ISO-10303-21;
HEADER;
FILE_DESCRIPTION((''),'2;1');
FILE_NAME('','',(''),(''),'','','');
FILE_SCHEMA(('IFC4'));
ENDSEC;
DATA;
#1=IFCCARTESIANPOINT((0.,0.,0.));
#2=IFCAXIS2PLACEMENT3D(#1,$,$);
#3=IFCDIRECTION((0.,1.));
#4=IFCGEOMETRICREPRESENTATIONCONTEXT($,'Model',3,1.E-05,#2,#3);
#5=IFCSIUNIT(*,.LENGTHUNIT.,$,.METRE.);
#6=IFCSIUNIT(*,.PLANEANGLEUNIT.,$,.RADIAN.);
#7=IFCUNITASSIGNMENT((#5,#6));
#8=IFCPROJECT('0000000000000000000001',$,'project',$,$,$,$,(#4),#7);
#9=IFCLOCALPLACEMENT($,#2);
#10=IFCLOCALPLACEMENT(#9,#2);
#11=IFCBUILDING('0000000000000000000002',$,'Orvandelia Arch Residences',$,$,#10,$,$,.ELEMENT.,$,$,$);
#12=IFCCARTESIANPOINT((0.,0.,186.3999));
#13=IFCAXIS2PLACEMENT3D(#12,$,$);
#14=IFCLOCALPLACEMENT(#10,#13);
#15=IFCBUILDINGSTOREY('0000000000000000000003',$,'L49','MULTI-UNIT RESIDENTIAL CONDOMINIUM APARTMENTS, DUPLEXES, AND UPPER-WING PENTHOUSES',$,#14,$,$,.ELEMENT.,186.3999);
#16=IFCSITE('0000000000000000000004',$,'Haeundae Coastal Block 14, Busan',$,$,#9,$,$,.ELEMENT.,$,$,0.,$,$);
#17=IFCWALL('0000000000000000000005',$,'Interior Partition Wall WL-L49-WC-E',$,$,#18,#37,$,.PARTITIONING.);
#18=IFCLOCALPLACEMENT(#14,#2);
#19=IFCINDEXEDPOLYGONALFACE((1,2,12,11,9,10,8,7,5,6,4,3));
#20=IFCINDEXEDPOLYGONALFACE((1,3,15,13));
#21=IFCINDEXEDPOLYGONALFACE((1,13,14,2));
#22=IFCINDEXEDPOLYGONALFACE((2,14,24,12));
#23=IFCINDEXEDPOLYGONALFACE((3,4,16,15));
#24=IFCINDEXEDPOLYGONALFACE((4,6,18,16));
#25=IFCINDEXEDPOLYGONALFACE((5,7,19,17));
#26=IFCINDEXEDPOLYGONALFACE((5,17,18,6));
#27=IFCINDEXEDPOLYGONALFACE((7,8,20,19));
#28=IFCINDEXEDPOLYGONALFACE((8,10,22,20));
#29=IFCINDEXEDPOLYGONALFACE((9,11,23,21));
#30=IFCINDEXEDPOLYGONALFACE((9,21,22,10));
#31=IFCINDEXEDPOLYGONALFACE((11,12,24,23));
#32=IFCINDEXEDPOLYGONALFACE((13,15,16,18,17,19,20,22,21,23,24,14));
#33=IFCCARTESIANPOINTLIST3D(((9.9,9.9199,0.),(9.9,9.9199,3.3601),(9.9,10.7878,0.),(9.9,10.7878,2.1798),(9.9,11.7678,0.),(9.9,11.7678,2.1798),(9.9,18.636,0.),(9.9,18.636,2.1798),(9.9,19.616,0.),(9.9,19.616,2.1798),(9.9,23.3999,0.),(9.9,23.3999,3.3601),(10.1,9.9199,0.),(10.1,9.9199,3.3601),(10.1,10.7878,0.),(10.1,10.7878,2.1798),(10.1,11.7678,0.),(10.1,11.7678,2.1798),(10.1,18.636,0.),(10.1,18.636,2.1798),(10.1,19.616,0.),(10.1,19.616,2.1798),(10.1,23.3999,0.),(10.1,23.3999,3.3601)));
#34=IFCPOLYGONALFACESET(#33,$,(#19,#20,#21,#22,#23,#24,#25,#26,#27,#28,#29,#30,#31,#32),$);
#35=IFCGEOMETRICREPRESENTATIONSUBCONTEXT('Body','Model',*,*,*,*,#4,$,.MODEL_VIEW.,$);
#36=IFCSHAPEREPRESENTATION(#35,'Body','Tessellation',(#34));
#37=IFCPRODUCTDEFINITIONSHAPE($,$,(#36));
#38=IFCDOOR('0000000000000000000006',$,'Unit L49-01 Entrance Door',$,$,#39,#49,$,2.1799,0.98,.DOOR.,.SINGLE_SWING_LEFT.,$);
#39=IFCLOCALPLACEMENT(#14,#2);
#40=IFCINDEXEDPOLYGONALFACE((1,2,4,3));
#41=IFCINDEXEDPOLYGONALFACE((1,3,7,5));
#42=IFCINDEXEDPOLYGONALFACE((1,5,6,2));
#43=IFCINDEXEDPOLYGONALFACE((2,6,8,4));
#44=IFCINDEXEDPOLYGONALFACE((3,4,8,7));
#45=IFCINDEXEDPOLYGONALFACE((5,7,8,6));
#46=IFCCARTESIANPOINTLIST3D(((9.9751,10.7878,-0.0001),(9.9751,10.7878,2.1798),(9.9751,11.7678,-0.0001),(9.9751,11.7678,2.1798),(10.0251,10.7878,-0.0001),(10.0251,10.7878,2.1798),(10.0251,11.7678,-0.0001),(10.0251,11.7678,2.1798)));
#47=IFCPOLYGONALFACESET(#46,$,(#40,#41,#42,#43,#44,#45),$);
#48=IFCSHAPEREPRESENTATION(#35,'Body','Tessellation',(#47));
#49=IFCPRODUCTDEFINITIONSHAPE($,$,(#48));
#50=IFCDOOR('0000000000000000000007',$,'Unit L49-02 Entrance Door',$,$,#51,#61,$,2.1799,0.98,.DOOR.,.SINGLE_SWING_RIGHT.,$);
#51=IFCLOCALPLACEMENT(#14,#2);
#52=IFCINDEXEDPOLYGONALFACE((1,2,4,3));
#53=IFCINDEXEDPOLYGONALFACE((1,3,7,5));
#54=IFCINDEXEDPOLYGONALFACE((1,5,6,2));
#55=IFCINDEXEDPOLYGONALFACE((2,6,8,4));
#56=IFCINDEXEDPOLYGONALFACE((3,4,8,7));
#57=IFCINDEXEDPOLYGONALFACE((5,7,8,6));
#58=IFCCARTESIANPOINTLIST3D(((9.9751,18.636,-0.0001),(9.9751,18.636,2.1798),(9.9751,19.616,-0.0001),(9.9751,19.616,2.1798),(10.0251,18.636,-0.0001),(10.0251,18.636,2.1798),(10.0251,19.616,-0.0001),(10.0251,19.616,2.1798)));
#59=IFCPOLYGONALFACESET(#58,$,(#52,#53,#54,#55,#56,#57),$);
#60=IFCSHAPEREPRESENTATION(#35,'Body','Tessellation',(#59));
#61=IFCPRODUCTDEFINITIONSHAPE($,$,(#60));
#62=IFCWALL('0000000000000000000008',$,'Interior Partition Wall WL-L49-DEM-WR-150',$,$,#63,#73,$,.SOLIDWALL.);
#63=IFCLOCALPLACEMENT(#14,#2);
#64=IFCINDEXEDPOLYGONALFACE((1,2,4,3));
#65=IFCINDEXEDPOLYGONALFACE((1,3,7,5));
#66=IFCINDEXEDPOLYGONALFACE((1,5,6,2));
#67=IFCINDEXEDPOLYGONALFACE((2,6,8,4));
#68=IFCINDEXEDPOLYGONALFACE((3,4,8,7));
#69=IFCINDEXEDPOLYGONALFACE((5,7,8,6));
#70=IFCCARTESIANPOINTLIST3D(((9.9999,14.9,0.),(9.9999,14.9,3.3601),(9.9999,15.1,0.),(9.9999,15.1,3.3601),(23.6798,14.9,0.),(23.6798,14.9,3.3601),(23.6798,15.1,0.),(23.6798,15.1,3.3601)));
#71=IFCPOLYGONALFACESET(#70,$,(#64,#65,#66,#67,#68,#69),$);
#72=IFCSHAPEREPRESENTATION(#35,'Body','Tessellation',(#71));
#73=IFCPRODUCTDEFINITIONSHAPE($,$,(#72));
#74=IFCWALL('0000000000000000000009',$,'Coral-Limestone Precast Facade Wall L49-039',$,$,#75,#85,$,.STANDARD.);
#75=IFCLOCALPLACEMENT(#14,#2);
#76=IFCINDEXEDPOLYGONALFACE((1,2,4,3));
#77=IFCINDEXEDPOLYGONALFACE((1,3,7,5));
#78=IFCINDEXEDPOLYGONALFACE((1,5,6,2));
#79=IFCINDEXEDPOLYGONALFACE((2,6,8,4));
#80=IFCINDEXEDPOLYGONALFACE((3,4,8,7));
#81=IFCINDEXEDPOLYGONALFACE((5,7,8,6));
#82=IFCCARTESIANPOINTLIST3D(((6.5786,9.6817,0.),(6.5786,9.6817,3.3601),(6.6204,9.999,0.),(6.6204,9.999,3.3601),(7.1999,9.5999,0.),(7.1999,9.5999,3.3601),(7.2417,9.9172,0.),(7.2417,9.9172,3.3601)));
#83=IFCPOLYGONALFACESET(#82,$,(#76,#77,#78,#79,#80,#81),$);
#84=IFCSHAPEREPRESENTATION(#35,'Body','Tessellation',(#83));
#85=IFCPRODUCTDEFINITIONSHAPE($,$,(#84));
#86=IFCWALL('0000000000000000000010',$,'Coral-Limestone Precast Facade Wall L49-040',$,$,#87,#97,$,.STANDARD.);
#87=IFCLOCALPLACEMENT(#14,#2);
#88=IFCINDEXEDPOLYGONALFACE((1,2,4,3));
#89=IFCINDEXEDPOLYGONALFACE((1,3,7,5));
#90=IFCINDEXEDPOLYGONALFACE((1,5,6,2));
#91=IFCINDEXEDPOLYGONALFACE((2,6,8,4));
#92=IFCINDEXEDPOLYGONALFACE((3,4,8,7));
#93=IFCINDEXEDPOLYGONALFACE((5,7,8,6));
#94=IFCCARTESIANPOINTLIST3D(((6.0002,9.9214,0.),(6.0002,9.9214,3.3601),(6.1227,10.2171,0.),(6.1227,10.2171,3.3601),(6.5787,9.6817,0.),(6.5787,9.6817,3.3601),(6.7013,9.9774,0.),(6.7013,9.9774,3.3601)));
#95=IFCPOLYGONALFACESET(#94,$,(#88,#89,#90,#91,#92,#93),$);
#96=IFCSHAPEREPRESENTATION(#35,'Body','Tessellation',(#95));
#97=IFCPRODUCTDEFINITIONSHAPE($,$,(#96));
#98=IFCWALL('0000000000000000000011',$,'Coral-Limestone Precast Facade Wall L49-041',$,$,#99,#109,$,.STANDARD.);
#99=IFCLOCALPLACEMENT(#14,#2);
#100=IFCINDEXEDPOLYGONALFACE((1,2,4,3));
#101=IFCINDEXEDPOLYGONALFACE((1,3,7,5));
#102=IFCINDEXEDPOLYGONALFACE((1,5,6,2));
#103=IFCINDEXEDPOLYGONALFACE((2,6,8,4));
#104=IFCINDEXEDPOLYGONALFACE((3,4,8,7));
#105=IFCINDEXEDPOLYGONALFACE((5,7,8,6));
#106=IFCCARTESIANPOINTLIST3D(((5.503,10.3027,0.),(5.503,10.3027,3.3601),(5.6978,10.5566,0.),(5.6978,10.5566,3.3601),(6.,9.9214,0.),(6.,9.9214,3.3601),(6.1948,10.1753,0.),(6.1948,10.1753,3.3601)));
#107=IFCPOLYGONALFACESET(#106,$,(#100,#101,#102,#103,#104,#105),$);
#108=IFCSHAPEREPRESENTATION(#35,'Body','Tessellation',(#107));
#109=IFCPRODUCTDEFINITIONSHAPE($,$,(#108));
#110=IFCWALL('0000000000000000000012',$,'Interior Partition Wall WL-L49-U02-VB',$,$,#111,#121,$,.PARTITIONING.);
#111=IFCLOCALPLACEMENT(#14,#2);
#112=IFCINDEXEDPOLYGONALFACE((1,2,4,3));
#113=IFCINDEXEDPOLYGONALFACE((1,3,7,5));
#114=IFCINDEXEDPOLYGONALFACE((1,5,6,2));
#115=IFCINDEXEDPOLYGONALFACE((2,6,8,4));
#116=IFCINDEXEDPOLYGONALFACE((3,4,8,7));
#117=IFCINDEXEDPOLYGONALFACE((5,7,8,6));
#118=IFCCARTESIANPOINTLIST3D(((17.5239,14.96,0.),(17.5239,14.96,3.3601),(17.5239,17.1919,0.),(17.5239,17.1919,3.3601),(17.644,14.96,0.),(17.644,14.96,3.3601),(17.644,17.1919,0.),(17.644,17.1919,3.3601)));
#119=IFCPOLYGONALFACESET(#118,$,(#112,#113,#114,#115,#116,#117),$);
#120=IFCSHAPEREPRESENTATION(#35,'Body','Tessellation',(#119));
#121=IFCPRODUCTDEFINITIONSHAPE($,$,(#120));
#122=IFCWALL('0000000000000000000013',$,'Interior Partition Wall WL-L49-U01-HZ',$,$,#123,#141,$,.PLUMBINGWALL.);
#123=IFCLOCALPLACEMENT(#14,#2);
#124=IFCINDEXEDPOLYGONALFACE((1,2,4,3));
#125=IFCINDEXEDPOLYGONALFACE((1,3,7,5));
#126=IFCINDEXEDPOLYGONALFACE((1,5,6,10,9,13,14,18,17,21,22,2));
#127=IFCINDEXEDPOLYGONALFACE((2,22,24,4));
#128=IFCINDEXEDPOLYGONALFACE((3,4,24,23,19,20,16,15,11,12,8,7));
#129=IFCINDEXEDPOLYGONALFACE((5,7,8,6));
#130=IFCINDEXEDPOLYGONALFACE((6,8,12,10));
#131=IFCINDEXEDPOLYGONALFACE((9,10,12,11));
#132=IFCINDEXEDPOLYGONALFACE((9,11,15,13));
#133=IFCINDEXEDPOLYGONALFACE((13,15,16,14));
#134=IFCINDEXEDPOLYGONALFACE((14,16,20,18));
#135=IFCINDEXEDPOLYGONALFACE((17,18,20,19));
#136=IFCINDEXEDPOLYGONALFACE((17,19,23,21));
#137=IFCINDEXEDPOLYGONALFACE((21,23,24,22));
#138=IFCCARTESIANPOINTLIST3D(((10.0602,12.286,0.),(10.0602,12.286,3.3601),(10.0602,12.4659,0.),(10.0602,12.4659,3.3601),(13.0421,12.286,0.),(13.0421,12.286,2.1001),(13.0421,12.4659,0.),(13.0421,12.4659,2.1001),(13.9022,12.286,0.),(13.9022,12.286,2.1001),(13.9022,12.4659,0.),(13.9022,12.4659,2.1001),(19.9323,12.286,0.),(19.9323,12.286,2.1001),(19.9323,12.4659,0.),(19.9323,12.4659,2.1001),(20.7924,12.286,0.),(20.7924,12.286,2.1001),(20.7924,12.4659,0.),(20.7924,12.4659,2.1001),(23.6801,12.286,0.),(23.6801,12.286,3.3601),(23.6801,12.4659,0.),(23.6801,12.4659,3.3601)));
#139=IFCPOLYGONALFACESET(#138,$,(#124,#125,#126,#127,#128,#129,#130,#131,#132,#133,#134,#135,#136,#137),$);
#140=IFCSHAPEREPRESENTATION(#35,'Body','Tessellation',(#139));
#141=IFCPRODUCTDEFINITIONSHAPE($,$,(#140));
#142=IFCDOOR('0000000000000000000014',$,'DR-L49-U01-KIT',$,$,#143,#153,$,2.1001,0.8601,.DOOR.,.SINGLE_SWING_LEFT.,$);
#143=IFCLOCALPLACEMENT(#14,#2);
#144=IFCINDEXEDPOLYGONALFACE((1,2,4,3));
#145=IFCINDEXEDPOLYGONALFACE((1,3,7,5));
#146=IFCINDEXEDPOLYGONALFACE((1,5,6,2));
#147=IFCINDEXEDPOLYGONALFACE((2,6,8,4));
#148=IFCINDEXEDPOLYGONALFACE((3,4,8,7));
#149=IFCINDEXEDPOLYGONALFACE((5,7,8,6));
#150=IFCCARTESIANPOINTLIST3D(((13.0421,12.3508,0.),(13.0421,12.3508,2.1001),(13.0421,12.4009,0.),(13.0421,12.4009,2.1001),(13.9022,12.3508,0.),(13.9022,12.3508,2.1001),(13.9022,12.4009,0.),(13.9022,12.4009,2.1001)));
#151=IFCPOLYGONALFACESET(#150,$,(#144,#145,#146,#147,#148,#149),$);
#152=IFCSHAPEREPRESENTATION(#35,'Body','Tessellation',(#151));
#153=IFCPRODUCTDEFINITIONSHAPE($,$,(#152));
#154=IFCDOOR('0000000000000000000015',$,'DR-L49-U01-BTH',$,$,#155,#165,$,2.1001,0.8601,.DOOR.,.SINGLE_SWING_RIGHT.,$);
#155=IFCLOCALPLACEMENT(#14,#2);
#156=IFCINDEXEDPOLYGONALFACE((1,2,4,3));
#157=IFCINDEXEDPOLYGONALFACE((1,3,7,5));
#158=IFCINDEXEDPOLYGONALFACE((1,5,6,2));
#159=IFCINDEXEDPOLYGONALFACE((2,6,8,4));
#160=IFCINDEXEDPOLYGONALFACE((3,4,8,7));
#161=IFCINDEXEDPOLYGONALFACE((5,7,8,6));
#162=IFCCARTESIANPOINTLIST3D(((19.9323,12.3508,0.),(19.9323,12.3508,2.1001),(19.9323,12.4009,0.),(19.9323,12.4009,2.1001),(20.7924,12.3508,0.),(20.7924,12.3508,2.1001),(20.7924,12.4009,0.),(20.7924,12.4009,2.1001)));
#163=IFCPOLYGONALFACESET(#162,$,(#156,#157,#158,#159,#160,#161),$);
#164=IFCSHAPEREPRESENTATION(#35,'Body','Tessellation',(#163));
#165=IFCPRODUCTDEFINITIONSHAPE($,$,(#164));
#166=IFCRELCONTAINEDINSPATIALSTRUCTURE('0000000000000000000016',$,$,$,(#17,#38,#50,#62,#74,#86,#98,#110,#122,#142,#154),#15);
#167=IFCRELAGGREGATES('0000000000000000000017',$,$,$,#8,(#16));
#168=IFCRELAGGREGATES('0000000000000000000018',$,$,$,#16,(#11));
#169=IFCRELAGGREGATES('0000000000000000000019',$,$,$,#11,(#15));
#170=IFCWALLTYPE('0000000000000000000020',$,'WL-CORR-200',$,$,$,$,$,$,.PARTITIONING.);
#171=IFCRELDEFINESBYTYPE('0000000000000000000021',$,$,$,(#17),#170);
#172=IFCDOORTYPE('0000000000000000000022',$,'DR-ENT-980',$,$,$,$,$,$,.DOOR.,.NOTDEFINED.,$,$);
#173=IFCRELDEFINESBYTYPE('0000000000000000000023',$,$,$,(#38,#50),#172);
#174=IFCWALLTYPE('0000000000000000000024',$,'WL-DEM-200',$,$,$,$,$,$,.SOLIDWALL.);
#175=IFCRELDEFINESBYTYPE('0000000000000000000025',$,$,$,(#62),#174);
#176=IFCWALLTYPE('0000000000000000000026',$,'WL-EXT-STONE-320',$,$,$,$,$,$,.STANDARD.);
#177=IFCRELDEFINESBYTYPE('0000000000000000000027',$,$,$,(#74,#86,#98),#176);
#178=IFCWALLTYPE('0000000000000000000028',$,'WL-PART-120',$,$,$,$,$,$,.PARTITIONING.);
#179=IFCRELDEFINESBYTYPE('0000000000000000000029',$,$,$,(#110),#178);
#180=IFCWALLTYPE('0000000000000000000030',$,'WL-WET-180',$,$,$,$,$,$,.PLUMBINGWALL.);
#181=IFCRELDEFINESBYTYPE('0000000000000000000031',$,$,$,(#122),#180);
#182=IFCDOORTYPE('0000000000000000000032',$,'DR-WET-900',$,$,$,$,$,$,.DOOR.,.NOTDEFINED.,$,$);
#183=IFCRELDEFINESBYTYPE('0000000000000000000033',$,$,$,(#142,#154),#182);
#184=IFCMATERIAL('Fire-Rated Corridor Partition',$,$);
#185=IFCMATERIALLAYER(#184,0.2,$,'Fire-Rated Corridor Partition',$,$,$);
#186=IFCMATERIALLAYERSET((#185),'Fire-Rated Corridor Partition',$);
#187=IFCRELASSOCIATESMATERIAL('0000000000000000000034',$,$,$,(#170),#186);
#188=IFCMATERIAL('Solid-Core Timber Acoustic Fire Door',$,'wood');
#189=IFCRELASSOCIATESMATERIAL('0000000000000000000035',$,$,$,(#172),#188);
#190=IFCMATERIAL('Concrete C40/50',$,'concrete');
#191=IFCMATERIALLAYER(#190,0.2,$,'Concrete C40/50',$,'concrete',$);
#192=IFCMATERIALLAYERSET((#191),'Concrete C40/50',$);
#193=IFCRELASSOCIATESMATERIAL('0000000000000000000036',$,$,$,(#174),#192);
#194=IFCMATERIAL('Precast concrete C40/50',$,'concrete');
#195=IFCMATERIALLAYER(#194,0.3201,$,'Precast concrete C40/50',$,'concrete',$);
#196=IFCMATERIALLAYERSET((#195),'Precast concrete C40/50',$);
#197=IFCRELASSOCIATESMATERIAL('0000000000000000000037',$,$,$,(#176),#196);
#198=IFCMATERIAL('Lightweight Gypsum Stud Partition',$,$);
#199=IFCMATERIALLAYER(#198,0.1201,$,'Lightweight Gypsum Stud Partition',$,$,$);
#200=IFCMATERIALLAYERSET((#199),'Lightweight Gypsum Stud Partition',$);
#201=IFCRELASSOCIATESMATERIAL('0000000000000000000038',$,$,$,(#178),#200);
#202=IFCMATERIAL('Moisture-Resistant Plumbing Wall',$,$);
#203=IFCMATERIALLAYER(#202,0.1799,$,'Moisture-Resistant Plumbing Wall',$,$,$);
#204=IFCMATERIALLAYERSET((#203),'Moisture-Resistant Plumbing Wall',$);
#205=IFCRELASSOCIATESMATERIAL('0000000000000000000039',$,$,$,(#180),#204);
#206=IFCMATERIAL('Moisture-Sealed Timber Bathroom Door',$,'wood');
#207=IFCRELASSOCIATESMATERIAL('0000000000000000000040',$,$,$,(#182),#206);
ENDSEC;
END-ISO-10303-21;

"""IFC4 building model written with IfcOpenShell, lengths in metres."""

from ifc_helpers import new_model, si_unit, direction, frame, frame_2d, origin, place, context, subcontext, project, spatial, rectangle, extrude, material, layer, layer_set, type_object, element, fill, save


model = new_model("IFC4")

# Units and contexts
model_context = context("Model", 3, precision=1e-05, world=origin(), true_north=direction((0.0, 1.0)))
body_context = subcontext(model_context, "Body", "Model", "MODEL_VIEW")
ifc_project = project(units=[si_unit("LENGTHUNIT", "METRE"), si_unit("PLANEANGLEUNIT", "RADIAN")], contexts=[model_context])

# Site, building, storey
site_placement = place(None, origin())
site = spatial("IfcSite", under=ifc_project, at=site_placement, Name="Haeundae Coastal Block 14, Busan", CompositionType="ELEMENT", RefElevation=0.0)
building_placement = place(site_placement, origin())
building = spatial("IfcBuilding", under=site, at=building_placement, Name="Orvandelia Arch Residences", CompositionType="ELEMENT")
storey_placement = place(building_placement, frame((0.0, 0.0, 186.3999)))
storey = spatial("IfcBuildingStorey", under=building, at=storey_placement, Name="L49", Description="MULTI-UNIT RESIDENTIAL CONDOMINIUM APARTMENTS, DUPLEXES, AND UPPER-WING PENTHOUSES", CompositionType="ELEMENT", Elevation=186.3999)

# Wall, openings, doors
ifc_material_1 = material(Name="Fire-Rated Corridor Partition")
ifc_layer_1 = layer(ifc_material_1, 0.2, Name="Fire-Rated Corridor Partition")
ifc_layer_set_1 = layer_set([ifc_layer_1], Name="Fire-Rated Corridor Partition")
wall_type_1 = type_object("IfcWallType", Name="WL-CORR-200", PredefinedType="PARTITIONING", material=ifc_layer_set_1)
wall_1_placement = place(storey_placement, frame((10.0, 9.9199, 0.0), z_axis=(0.0, 0.0, 1.0), x_axis=(0.0, 1.0, 0.0)))
wall_1 = element("IfcWall", 1, at=wall_1_placement, inside=storey, type_object=wall_type_1, Name="Interior Partition Wall WL-L49-WC-E", PredefinedType="PARTITIONING", context=body_context, shape_type="SweptSolid", body=[
    extrude(rectangle(XDim=13.48, YDim=0.2, at=frame_2d((6.74, 0.0))), origin(), (0.0, 0.0, 1.0), 3.3601),
])
opening_1_placement = place(wall_1_placement, frame((0.8679, 0.0, 0.0)))
opening_1 = element("IfcOpeningElement", 2, at=opening_1_placement, cuts=wall_1, PredefinedType="OPENING", context=body_context, shape_type="SweptSolid", body=[
    extrude(rectangle(XDim=0.98, YDim=2.1799, at=frame_2d((0.49, 1.0898))), frame((0.0, 0.1099, 0.0), z_axis=(0.0, -1.0, 0.0), x_axis=(1.0, 0.0, 0.0)), (0.0, 0.0, 1.0), 0.22),
])
opening_2_placement = place(wall_1_placement, frame((8.7161, 0.0, 0.0)))
opening_2 = element("IfcOpeningElement", 3, at=opening_2_placement, cuts=wall_1, PredefinedType="OPENING", context=body_context, shape_type="SweptSolid", body=[
    extrude(rectangle(XDim=0.98, YDim=2.1799, at=frame_2d((0.49, 1.0898))), frame((0.0, 0.1099, 0.0), z_axis=(0.0, -1.0, 0.0), x_axis=(1.0, 0.0, 0.0)), (0.0, 0.0, 1.0), 0.22),
])
ifc_material_2 = material(Name="Solid-Core Timber Acoustic Fire Door", Category="wood")
door_type_1 = type_object("IfcDoorType", Name="DR-ENT-980", OperationType="NOTDEFINED", PredefinedType="DOOR", material=ifc_material_2)
door_1_placement = place(opening_1_placement, origin())
door_1 = element("IfcDoor", 4, at=door_1_placement, inside=storey, type_object=door_type_1, Name="Unit L49-01 Entrance Door", OperationType="SINGLE_SWING_LEFT", OverallHeight=2.1799, OverallWidth=0.98, PredefinedType="DOOR", context=body_context, shape_type="SweptSolid", body=[
    extrude(rectangle(XDim=0.98, YDim=2.1799, at=frame_2d((0.49, 1.0898))), frame((0.0, 0.0249, 0.0), z_axis=(0.0, -1.0, 0.0), x_axis=(1.0, 0.0, 0.0)), (0.0, 0.0, 1.0), 0.05),
])
fill(opening_1, door_1)
door_2_placement = place(opening_2_placement, origin())
door_2 = element("IfcDoor", 5, at=door_2_placement, inside=storey, type_object=door_type_1, Name="Unit L49-02 Entrance Door", OperationType="SINGLE_SWING_RIGHT", OverallHeight=2.1799, OverallWidth=0.98, PredefinedType="DOOR", context=body_context, shape_type="SweptSolid", body=[
    extrude(rectangle(XDim=0.98, YDim=2.1799, at=frame_2d((0.49, 1.0898))), frame((0.0, 0.0249, 0.0), z_axis=(0.0, -1.0, 0.0), x_axis=(1.0, 0.0, 0.0)), (0.0, 0.0, 1.0), 0.05),
])
fill(opening_2, door_2)

# Walls
ifc_material_3 = material(Name="Concrete C40/50", Category="concrete")
ifc_layer_2 = layer(ifc_material_3, 0.2, Name="Concrete C40/50", Category="concrete")
ifc_layer_set_2 = layer_set([ifc_layer_2], Name="Concrete C40/50")
wall_type_2 = type_object("IfcWallType", Name="WL-DEM-200", PredefinedType="SOLIDWALL", material=ifc_layer_set_2)
wall_2_placement = place(storey_placement, frame((10.0, 15.0, 0.0), z_axis=(0.0, 0.0, 1.0), x_axis=(1.0, 0.0, 0.0)))
element("IfcWall", 6, at=wall_2_placement, inside=storey, type_object=wall_type_2, Name="Interior Partition Wall WL-L49-DEM-WR-150", PredefinedType="SOLIDWALL", context=body_context, shape_type="SweptSolid", body=[
    extrude(rectangle(XDim=13.6799, YDim=0.2, at=frame_2d((6.8398, 0.0))), origin(), (0.0, 0.0, 1.0), 3.3601),
])
ifc_material_4 = material(Name="Precast concrete C40/50", Category="concrete")
ifc_layer_3 = layer(ifc_material_4, 0.3201, Name="Precast concrete C40/50", Category="concrete")
ifc_layer_set_3 = layer_set([ifc_layer_3], Name="Precast concrete C40/50")
wall_type_3 = type_object("IfcWallType", Name="WL-EXT-STONE-320", PredefinedType="STANDARD", material=ifc_layer_set_3)
wall_3_placement = place(storey_placement, frame((7.2209, 9.7585, 0.0), z_axis=(0.0, 0.0, 1.0), x_axis=(-0.991448, 0.130505, 0.0)))
element("IfcWall", 7, at=wall_3_placement, inside=storey, type_object=wall_type_3, Name="Coral-Limestone Precast Facade Wall L49-039", PredefinedType="STANDARD", context=body_context, shape_type="SweptSolid", body=[
    extrude(rectangle(XDim=0.6267, YDim=0.3201, at=frame_2d((0.3135, 0.0))), origin(), (0.0, 0.0, 1.0), 3.3601),
])
wall_4_placement = place(storey_placement, frame((6.6399, 9.8296, 0.0), z_axis=(0.0, 0.0, 1.0), x_axis=(-0.923836, 0.382788, 0.0)))
element("IfcWall", 8, at=wall_4_placement, inside=storey, type_object=wall_type_3, Name="Coral-Limestone Precast Facade Wall L49-040", PredefinedType="STANDARD", context=body_context, shape_type="SweptSolid", body=[
    extrude(rectangle(XDim=0.6262, YDim=0.3201, at=frame_2d((0.313, 0.0))), origin(), (0.0, 0.0, 1.0), 3.3601),
])
wall_5_placement = place(storey_placement, frame((6.0974, 10.0483, 0.0), z_axis=(0.0, 0.0, 1.0), x_axis=(-0.793406, 0.608693, 0.0)))
element("IfcWall", 9, at=wall_5_placement, inside=storey, type_object=wall_type_3, Name="Coral-Limestone Precast Facade Wall L49-041", PredefinedType="STANDARD", context=body_context, shape_type="SweptSolid", body=[
    extrude(rectangle(XDim=0.6265, YDim=0.3201, at=frame_2d((0.3132, 0.0))), origin(), (0.0, 0.0, 1.0), 3.3601),
])
ifc_material_5 = material(Name="Lightweight Gypsum Stud Partition")
ifc_layer_4 = layer(ifc_material_5, 0.1201, Name="Lightweight Gypsum Stud Partition")
ifc_layer_set_4 = layer_set([ifc_layer_4], Name="Lightweight Gypsum Stud Partition")
wall_type_4 = type_object("IfcWallType", Name="WL-PART-120", PredefinedType="PARTITIONING", material=ifc_layer_set_4)
wall_6_placement = place(storey_placement, frame((17.584, 14.96, 0.0), z_axis=(0.0, 0.0, 1.0), x_axis=(0.0, 1.0, 0.0)))
element("IfcWall", 10, at=wall_6_placement, inside=storey, type_object=wall_type_4, Name="Interior Partition Wall WL-L49-U02-VB", PredefinedType="PARTITIONING", context=body_context, shape_type="SweptSolid", body=[
    extrude(rectangle(XDim=2.2319, YDim=0.1201, at=frame_2d((1.116, 0.0))), origin(), (0.0, 0.0, 1.0), 3.3601),
])

# Wall, openings, doors
ifc_material_6 = material(Name="Moisture-Resistant Plumbing Wall")
ifc_layer_5 = layer(ifc_material_6, 0.1799, Name="Moisture-Resistant Plumbing Wall")
ifc_layer_set_5 = layer_set([ifc_layer_5], Name="Moisture-Resistant Plumbing Wall")
wall_type_5 = type_object("IfcWallType", Name="WL-WET-180", PredefinedType="PLUMBINGWALL", material=ifc_layer_set_5)
wall_7_placement = place(storey_placement, frame((10.0601, 12.376, 0.0), z_axis=(0.0, 0.0, 1.0), x_axis=(1.0, 0.0, 0.0)))
wall_7 = element("IfcWall", 11, at=wall_7_placement, inside=storey, type_object=wall_type_5, Name="Interior Partition Wall WL-L49-U01-HZ", PredefinedType="PLUMBINGWALL", context=body_context, shape_type="SweptSolid", body=[
    extrude(rectangle(XDim=13.6199, YDim=0.1799, at=frame_2d((6.8101, 0.0))), origin(), (0.0, 0.0, 1.0), 3.3601),
])
opening_3_placement = place(wall_7_placement, frame((2.9819, 0.0, 0.0)))
opening_3 = element("IfcOpeningElement", 12, at=opening_3_placement, cuts=wall_7, PredefinedType="OPENING", context=body_context, shape_type="SweptSolid", body=[
    extrude(rectangle(XDim=0.8601, YDim=2.1001, at=frame_2d((0.4302, 1.05))), frame((0.0, 0.1001, 0.0), z_axis=(0.0, -1.0, 0.0), x_axis=(1.0, 0.0, 0.0)), (0.0, 0.0, 1.0), 0.2),
])
opening_4_placement = place(wall_7_placement, frame((9.8721, 0.0, 0.0)))
opening_4 = element("IfcOpeningElement", 13, at=opening_4_placement, cuts=wall_7, PredefinedType="OPENING", context=body_context, shape_type="SweptSolid", body=[
    extrude(rectangle(XDim=0.8601, YDim=2.1001, at=frame_2d((0.4302, 1.05))), frame((0.0, 0.1001, 0.0), z_axis=(0.0, -1.0, 0.0), x_axis=(1.0, 0.0, 0.0)), (0.0, 0.0, 1.0), 0.2),
])
ifc_material_7 = material(Name="Moisture-Sealed Timber Bathroom Door", Category="wood")
door_type_2 = type_object("IfcDoorType", Name="DR-WET-900", OperationType="NOTDEFINED", PredefinedType="DOOR", material=ifc_material_7)
door_3_placement = place(opening_3_placement, origin())
door_3 = element("IfcDoor", 14, at=door_3_placement, inside=storey, type_object=door_type_2, Name="DR-L49-U01-KIT", OperationType="SINGLE_SWING_LEFT", OverallHeight=2.1001, OverallWidth=0.8601, PredefinedType="DOOR", context=body_context, shape_type="SweptSolid", body=[
    extrude(rectangle(XDim=0.8601, YDim=2.1001, at=frame_2d((0.4302, 1.05))), frame((0.0, 0.0249, 0.0), z_axis=(0.0, -1.0, 0.0), x_axis=(1.0, 0.0, 0.0)), (0.0, 0.0, 1.0), 0.05),
])
fill(opening_3, door_3)
door_4_placement = place(opening_4_placement, origin())
door_4 = element("IfcDoor", 15, at=door_4_placement, inside=storey, type_object=door_type_2, Name="DR-L49-U01-BTH", OperationType="SINGLE_SWING_RIGHT", OverallHeight=2.1001, OverallWidth=0.8601, PredefinedType="DOOR", context=body_context, shape_type="SweptSolid", body=[
    extrude(rectangle(XDim=0.8601, YDim=2.1001, at=frame_2d((0.4302, 1.05))), frame((0.0, 0.0249, 0.0), z_axis=(0.0, -1.0, 0.0), x_axis=(1.0, 0.0, 0.0)), (0.0, 0.0, 1.0), 0.05),
])
fill(opening_4, door_4)

save(model, "model.ifc")
